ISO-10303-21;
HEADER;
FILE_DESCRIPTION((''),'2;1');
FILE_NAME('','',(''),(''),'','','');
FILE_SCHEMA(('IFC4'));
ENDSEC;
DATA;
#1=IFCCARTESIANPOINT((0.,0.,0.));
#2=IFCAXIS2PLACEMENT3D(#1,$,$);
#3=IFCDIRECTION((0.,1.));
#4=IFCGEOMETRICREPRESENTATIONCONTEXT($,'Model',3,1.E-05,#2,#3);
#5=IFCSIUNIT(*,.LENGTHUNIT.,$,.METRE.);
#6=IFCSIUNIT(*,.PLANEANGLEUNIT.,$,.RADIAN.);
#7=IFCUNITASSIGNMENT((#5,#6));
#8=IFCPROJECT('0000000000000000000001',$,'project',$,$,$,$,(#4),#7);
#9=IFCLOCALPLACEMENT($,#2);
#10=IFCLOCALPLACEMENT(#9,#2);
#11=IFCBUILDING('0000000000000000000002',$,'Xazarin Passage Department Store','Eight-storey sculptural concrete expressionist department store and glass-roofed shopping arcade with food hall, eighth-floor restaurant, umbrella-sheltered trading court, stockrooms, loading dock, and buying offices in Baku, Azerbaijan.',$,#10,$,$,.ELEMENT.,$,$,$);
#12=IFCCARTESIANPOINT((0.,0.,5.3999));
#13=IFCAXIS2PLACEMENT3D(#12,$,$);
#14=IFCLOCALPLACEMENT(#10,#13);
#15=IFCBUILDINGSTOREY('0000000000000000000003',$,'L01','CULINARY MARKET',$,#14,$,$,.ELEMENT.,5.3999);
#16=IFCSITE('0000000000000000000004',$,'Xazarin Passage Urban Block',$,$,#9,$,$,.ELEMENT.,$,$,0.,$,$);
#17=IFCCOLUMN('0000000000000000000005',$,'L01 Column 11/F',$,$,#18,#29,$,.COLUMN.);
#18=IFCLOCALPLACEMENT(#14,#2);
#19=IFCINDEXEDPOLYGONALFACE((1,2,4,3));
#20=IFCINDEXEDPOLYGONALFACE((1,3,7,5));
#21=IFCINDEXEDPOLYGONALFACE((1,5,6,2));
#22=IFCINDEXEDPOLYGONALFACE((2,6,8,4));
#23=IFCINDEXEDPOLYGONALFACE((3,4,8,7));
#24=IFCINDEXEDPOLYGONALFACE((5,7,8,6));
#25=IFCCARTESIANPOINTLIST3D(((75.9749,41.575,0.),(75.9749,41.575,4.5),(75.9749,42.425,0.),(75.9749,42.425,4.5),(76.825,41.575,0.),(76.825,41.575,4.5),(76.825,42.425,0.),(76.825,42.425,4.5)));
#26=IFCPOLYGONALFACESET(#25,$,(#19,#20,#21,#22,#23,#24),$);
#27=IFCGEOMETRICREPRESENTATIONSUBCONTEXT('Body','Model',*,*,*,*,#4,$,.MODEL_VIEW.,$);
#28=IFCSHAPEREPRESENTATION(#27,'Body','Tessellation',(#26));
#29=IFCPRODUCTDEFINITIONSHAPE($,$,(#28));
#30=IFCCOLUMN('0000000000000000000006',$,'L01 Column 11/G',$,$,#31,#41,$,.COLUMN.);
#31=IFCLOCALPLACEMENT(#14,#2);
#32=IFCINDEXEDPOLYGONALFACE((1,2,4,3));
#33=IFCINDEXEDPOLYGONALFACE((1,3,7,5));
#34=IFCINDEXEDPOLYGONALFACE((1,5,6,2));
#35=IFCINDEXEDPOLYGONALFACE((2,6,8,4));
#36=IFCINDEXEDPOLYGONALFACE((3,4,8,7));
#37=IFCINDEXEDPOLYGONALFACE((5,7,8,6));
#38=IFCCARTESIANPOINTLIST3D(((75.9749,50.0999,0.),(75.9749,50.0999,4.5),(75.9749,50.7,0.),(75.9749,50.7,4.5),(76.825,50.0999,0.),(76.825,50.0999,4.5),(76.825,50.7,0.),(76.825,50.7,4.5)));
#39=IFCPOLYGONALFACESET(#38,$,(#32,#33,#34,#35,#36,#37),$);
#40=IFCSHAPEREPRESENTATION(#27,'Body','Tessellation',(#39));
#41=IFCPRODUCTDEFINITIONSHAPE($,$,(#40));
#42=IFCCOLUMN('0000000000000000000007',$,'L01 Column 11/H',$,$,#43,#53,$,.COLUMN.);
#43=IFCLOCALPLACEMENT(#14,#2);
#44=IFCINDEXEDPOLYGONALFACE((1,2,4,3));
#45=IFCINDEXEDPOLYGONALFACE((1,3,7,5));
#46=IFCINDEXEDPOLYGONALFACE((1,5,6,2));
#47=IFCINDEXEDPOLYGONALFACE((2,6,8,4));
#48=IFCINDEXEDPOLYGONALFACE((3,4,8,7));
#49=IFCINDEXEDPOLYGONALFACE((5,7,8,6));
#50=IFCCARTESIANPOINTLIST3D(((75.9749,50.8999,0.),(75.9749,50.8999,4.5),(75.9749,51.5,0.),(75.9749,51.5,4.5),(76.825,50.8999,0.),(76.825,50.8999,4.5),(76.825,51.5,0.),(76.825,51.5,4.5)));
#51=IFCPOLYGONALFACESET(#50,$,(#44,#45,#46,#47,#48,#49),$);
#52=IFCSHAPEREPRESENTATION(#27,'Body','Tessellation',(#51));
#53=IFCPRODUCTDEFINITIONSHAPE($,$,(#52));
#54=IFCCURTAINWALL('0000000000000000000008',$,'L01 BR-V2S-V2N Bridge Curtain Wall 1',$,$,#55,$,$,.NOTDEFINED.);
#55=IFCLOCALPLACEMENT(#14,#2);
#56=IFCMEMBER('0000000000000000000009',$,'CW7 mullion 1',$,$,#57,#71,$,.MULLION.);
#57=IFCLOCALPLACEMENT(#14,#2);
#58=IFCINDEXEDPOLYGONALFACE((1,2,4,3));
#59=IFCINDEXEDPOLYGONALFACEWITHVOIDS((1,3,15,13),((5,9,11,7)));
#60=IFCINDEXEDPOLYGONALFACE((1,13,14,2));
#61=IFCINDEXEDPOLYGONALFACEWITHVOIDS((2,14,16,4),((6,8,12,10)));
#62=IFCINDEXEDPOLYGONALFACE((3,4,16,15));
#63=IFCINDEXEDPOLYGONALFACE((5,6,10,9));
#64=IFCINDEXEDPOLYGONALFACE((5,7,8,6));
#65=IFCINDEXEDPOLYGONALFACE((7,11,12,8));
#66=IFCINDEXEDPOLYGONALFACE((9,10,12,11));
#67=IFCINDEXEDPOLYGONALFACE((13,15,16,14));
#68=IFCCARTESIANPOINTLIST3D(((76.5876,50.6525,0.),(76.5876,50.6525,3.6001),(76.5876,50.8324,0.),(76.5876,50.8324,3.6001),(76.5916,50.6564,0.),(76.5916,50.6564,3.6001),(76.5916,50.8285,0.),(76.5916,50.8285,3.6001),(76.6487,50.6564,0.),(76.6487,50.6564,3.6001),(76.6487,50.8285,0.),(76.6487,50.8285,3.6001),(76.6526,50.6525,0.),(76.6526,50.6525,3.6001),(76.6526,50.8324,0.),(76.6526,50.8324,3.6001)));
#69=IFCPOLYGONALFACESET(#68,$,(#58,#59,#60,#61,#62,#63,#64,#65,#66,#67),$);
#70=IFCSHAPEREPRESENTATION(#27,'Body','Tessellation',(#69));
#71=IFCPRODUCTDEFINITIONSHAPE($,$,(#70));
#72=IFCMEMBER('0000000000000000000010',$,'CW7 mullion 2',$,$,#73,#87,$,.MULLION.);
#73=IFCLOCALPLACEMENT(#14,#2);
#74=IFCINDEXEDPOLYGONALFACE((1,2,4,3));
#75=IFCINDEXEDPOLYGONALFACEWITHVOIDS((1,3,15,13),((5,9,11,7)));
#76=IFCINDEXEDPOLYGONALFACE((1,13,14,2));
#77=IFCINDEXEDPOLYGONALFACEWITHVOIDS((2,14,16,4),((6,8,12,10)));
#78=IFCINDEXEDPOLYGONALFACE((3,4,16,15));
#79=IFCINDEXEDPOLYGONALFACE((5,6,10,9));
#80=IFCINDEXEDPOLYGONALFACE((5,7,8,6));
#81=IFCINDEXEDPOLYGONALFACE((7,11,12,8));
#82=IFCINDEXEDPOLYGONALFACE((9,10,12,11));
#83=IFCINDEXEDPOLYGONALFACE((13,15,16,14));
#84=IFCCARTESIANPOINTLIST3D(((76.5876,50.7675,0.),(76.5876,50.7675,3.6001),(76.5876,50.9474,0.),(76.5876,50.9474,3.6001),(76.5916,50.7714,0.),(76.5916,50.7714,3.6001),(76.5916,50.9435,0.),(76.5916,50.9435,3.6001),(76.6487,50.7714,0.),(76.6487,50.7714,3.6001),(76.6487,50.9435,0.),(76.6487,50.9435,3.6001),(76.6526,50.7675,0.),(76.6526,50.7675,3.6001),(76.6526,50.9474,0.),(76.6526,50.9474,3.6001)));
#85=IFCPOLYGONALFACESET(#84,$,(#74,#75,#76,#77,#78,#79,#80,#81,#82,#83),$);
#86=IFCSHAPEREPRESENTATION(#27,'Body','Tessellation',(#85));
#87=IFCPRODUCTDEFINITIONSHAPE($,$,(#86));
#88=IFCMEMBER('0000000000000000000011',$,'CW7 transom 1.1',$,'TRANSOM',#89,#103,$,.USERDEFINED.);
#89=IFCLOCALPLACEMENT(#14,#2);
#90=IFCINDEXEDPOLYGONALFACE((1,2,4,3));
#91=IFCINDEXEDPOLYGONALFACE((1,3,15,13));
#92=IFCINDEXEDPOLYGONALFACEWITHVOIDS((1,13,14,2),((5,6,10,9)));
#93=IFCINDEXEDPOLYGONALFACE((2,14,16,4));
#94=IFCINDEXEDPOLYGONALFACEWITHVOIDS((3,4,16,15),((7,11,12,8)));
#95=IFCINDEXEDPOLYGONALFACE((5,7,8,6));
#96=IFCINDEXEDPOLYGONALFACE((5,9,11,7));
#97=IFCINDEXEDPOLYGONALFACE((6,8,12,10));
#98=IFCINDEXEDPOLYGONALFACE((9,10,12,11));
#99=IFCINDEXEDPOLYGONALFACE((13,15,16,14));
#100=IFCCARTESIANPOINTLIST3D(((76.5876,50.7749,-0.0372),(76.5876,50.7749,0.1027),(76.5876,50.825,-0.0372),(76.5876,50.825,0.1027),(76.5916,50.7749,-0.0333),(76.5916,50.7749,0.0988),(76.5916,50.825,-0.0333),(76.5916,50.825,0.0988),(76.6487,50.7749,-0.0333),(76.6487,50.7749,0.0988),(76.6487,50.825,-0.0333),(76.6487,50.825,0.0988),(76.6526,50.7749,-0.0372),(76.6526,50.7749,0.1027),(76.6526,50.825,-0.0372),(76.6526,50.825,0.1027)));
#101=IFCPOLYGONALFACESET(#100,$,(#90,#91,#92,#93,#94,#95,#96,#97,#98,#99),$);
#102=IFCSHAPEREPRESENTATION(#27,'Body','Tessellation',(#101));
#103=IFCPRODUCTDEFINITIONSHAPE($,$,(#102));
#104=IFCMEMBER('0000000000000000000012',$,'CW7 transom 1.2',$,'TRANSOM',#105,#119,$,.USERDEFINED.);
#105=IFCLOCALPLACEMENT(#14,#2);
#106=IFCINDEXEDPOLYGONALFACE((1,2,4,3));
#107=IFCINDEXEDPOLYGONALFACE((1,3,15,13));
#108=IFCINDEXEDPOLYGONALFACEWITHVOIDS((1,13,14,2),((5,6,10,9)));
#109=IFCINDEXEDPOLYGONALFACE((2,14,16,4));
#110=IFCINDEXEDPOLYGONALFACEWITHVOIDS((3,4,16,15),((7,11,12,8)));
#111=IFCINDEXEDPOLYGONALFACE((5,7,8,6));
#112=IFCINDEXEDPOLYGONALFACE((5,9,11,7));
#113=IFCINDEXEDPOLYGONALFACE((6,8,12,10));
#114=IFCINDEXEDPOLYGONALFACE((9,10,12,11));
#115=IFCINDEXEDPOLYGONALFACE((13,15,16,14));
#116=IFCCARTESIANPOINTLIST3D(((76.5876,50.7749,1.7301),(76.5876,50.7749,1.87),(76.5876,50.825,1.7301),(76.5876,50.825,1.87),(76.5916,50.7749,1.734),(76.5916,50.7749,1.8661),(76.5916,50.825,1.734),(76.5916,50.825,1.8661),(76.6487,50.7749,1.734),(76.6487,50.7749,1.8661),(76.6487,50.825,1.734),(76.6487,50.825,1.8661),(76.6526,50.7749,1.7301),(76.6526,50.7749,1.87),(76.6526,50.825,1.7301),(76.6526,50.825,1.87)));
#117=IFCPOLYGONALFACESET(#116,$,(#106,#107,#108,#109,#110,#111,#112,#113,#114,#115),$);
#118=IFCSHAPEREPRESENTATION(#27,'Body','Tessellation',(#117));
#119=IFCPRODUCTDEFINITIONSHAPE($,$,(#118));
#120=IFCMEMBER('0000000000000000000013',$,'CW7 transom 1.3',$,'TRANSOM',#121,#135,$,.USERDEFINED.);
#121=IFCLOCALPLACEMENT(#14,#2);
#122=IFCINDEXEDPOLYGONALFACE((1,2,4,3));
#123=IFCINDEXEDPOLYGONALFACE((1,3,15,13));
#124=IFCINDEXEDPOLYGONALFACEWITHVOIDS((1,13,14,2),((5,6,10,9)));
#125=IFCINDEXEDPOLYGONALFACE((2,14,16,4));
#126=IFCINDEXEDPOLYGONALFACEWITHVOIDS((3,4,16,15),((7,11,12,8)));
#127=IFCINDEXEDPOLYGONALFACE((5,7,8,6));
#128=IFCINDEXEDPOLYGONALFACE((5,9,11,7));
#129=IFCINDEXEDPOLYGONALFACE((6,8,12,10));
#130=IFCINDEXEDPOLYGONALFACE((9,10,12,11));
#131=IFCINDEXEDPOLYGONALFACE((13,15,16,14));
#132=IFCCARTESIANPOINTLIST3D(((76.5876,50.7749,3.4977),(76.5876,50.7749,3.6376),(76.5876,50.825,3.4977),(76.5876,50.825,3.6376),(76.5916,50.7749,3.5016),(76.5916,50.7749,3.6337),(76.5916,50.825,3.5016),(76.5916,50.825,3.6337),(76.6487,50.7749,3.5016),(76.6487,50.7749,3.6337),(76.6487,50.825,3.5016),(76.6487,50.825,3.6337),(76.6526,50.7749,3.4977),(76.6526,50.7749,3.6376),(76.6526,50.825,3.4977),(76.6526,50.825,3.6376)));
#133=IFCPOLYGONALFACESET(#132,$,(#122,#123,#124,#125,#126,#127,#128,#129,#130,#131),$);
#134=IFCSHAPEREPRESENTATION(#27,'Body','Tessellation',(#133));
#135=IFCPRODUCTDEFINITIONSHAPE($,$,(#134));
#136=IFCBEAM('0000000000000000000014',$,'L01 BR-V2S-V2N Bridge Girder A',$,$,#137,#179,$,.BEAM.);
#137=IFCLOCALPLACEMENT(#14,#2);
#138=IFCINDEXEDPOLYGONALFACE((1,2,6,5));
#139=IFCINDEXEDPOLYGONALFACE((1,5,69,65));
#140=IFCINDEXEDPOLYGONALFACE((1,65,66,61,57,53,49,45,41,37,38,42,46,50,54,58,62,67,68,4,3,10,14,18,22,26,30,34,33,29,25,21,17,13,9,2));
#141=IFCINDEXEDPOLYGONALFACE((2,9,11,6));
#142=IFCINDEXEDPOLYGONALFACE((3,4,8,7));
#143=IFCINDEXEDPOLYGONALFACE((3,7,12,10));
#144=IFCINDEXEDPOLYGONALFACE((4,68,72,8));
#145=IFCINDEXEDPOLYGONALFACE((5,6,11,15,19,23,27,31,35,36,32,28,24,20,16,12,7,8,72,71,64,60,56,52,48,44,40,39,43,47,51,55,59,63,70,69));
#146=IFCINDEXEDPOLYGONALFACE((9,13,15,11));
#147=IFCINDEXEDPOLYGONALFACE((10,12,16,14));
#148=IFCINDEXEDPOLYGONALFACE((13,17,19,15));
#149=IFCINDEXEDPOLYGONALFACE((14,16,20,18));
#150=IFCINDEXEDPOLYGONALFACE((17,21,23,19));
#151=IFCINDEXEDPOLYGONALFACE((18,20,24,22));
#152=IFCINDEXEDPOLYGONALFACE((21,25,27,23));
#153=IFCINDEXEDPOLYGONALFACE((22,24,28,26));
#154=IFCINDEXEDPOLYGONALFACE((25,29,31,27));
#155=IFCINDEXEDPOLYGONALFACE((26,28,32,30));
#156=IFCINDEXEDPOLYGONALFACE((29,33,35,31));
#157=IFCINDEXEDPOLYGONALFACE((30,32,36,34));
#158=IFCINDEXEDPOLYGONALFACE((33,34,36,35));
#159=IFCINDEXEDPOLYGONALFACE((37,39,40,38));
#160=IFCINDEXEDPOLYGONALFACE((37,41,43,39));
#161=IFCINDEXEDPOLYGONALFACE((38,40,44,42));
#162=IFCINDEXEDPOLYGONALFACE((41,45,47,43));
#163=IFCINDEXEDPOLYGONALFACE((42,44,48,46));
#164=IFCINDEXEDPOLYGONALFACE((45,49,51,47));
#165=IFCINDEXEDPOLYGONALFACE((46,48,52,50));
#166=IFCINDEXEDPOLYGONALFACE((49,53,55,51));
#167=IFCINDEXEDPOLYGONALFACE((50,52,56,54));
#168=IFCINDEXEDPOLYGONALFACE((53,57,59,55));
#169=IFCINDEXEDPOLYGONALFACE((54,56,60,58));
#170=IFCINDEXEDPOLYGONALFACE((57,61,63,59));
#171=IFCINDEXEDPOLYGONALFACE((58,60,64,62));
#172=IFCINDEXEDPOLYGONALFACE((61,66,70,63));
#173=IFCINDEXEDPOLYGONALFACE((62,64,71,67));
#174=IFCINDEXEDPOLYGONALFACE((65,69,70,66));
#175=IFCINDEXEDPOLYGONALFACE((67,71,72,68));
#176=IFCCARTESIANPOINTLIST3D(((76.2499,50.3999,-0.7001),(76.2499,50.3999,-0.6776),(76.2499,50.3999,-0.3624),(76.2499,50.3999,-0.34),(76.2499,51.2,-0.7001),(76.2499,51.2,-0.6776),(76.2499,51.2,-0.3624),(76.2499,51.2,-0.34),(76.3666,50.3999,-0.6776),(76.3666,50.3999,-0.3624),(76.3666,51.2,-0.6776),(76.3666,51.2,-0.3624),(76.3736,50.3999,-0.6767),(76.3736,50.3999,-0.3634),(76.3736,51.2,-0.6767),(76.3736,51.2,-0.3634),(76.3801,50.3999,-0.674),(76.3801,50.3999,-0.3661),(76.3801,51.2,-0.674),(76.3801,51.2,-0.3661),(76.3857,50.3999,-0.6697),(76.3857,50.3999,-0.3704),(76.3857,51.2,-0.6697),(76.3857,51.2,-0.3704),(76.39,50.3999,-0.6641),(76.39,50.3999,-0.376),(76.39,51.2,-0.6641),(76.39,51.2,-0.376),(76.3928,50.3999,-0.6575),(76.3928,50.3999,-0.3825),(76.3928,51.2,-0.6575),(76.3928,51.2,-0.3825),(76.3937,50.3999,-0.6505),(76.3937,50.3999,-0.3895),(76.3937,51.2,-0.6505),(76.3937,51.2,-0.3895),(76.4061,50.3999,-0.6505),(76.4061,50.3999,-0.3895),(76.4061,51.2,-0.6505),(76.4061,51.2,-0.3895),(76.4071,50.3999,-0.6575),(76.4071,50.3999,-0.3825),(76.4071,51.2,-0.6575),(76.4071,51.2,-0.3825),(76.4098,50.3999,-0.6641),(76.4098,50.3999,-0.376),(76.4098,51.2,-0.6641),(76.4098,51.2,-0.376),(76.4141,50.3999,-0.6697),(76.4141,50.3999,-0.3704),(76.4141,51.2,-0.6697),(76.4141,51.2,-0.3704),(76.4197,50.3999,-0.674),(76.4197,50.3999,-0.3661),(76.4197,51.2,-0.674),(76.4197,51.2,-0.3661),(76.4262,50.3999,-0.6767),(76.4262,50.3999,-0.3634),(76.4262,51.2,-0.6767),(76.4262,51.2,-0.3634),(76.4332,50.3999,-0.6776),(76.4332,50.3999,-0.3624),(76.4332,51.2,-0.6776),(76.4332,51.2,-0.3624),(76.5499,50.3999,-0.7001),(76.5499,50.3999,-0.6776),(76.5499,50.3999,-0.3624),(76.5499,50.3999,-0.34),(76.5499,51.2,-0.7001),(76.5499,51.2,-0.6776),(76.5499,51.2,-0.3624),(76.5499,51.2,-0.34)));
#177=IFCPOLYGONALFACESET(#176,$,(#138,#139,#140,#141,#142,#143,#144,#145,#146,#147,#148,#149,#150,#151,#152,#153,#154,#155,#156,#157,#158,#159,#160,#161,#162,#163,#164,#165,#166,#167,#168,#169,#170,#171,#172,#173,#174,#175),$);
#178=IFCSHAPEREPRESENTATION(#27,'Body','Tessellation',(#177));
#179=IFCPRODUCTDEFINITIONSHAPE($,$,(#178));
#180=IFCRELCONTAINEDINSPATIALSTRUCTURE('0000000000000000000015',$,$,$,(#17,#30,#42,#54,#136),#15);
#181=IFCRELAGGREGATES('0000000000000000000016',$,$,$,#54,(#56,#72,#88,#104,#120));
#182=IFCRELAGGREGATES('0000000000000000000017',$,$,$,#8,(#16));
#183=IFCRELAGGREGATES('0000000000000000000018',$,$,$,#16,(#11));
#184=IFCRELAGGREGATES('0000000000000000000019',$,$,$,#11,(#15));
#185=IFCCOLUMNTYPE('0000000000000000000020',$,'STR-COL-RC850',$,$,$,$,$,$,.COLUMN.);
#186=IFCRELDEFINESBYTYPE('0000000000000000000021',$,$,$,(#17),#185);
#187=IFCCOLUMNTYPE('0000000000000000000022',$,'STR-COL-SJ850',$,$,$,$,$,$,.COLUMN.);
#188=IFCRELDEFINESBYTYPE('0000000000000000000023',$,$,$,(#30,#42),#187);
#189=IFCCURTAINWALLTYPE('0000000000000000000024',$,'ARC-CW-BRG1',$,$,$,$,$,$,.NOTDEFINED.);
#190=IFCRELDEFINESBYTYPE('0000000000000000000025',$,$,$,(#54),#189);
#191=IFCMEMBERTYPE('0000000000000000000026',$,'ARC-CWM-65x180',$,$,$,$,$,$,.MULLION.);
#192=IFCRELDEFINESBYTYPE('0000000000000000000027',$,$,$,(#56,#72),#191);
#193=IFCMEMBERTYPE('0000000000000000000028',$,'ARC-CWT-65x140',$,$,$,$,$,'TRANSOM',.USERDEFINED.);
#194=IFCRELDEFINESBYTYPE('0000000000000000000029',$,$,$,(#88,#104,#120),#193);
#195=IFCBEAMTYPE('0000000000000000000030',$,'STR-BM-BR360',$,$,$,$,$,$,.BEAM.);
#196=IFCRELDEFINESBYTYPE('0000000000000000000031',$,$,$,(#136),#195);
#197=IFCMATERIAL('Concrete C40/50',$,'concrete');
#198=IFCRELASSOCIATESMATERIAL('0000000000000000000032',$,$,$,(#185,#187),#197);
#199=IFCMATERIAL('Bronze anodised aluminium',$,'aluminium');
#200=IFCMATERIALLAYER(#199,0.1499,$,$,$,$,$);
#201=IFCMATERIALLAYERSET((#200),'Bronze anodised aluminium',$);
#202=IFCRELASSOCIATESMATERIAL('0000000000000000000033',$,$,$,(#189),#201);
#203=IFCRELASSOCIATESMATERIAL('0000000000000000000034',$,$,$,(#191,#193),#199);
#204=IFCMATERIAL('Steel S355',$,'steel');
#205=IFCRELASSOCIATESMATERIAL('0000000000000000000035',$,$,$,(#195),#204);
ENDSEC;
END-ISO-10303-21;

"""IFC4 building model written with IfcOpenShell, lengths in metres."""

from ifc_helpers import new_model, si_unit, direction, frame, origin, origin_2d, place, context, subcontext, project, spatial, rectangle, hollow_rectangle, i_section, extrude, material, layer, layer_set, material_profile, profile_set, type_object, element, aggregate, save


model = new_model("IFC4")

# Units and contexts
model_context = context("Model", 3, precision=1e-05, world=origin(), true_north=direction((0.0, 1.0)))
body_context = subcontext(model_context, "Body", "Model", "MODEL_VIEW")
ifc_project = project(units=[si_unit("LENGTHUNIT", "METRE"), si_unit("PLANEANGLEUNIT", "RADIAN")], contexts=[model_context])

# Site, building, storey
site_placement = place(None, origin())
site = spatial("IfcSite", under=ifc_project, at=site_placement, Name="Xazarin Passage Urban Block", CompositionType="ELEMENT", RefElevation=0.0)
building_placement = place(site_placement, origin())
building = spatial("IfcBuilding", under=site, at=building_placement, Name="Xazarin Passage Department Store", Description="Eight-storey sculptural concrete expressionist department store and glass-roofed shopping arcade with food hall, eighth-floor restaurant, umbrella-sheltered trading court, stockrooms, loading dock, and buying offices in Baku, Azerbaijan.", CompositionType="ELEMENT")
storey_placement = place(building_placement, frame((0.0, 0.0, 5.3999)))
storey = spatial("IfcBuildingStorey", under=building, at=storey_placement, Name="L01", Description="CULINARY MARKET", CompositionType="ELEMENT", Elevation=5.3999)

# Columns
ifc_material_1 = material(Name="Concrete C40/50", Category="concrete")
ifc_material_profile_1 = material_profile(ifc_material_1, rectangle(XDim=0.8501, YDim=0.8501, at=origin_2d()), Name="RC 850x850")
ifc_profile_set_1 = profile_set([ifc_material_profile_1], Name="Concrete C40/50")
column_type_1 = type_object("IfcColumnType", Name="STR-COL-RC850", PredefinedType="COLUMN", material=ifc_profile_set_1)
column_placement = place(storey_placement, frame((76.3999, 42.0, 0.0), z_axis=(0.0, 0.0, 1.0), x_axis=(1.0, 0.0, 0.0)))
element("IfcColumn", 1, at=column_placement, inside=storey, type_object=column_type_1, Name="L01 Column 11/F", PredefinedType="COLUMN", context=body_context, shape_type="SweptSolid", body=[
    extrude(rectangle(XDim=0.8501, YDim=0.8501, at=origin_2d()), origin(), (0.0, 0.0, 1.0), 4.5),
])
ifc_material_profile_2 = material_profile(ifc_material_1, rectangle(XDim=0.6001, YDim=0.8501, at=origin_2d()), Name="RC 600x850")
ifc_profile_set_2 = profile_set([ifc_material_profile_2], Name="Concrete C40/50")
column_type_2 = type_object("IfcColumnType", Name="STR-COL-SJ850", PredefinedType="COLUMN", material=ifc_profile_set_2)
for number, where, z_axis, x_axis, name in (
    (2, (76.3999, 50.3999, 0.0), (0.0, 0.0, 1.0), (0.0, 1.0, 0.0), "L01 Column 11/G"),
    (3, (76.3999, 51.2, 0.0), (0.0, 0.0, 1.0), (0.0, 1.0, 0.0), "L01 Column 11/H"),
):
    element("IfcColumn", number, at=place(storey_placement, frame(where, z_axis=z_axis, x_axis=x_axis)), inside=storey, type_object=column_type_2, Name=name, PredefinedType="COLUMN", context=body_context, shape_type="SweptSolid", body=[
        extrude(rectangle(XDim=0.6001, YDim=0.8501, at=origin_2d()), origin(), (0.0, 0.0, 1.0), 4.5),
    ])

# Curtain wall, members
ifc_material_2 = material(Name="Bronze anodised aluminium", Category="aluminium")
ifc_layer_1 = layer(ifc_material_2, 0.1499)
ifc_layer_set_1 = layer_set([ifc_layer_1], Name="Bronze anodised aluminium")
curtain_wall_type = type_object("IfcCurtainWallType", Name="ARC-CW-BRG1", PredefinedType="NOTDEFINED", material=ifc_layer_set_1)
curtain_wall_placement = place(storey_placement, origin())
curtain_wall = element("IfcCurtainWall", 4, at=curtain_wall_placement, inside=storey, type_object=curtain_wall_type, Name="L01 BR-V2S-V2N Bridge Curtain Wall 1", PredefinedType="NOTDEFINED")
ifc_material_profile_3 = material_profile(ifc_material_2, hollow_rectangle(XDim=0.0649, YDim=0.1799, WallThickness=0.0039, at=origin_2d()), Name="ALU 65x180")
ifc_profile_set_3 = profile_set([ifc_material_profile_3], Name="Bronze anodised aluminium")
member_type_1 = type_object("IfcMemberType", Name="ARC-CWM-65x180", PredefinedType="MULLION", material=ifc_profile_set_3)
member_1_placement = place(storey_placement, frame((76.6201, 50.7424, 0.0), z_axis=(0.0, 0.0, 1.0), x_axis=(-1.0, 0.0, 0.0)))
member_1 = element("IfcMember", 5, at=member_1_placement, type_object=member_type_1, Name="CW7 mullion 1", PredefinedType="MULLION", context=body_context, shape_type="SweptSolid", body=[
    extrude(hollow_rectangle(XDim=0.0649, YDim=0.1799, WallThickness=0.0039, at=origin_2d()), origin(), (0.0, 0.0, 1.0), 3.6001),
])
member_2_placement = place(storey_placement, frame((76.6201, 50.8574, 0.0), z_axis=(0.0, 0.0, 1.0), x_axis=(-1.0, 0.0, 0.0)))
member_2 = element("IfcMember", 6, at=member_2_placement, type_object=member_type_1, Name="CW7 mullion 2", PredefinedType="MULLION", context=body_context, shape_type="SweptSolid", body=[
    extrude(hollow_rectangle(XDim=0.0649, YDim=0.1799, WallThickness=0.0039, at=origin_2d()), origin(), (0.0, 0.0, 1.0), 3.6001),
])
ifc_material_profile_4 = material_profile(ifc_material_2, hollow_rectangle(XDim=0.0649, YDim=0.1399, WallThickness=0.0039, at=origin_2d()), Name="ALU 65x140")
ifc_profile_set_4 = profile_set([ifc_material_profile_4], Name="Bronze anodised aluminium")
member_type_2 = type_object("IfcMemberType", Name="ARC-CWT-65x140", ElementType="TRANSOM", PredefinedType="USERDEFINED", material=ifc_profile_set_4)
member_3_placement = place(storey_placement, frame((76.6201, 50.7749, 0.0327), z_axis=(0.0, 1.0, 0.0), x_axis=(-1.0, 0.0, 0.0)))
member_3 = element("IfcMember", 7, at=member_3_placement, type_object=member_type_2, Name="CW7 transom 1.1", ObjectType="TRANSOM", PredefinedType="USERDEFINED", context=body_context, shape_type="SweptSolid", body=[
    extrude(hollow_rectangle(XDim=0.0649, YDim=0.1399, WallThickness=0.0039, at=origin_2d()), origin(), (0.0, 0.0, 1.0), 0.05),
])
member_4_placement = place(storey_placement, frame((76.6201, 50.7749, 1.8), z_axis=(0.0, 1.0, 0.0), x_axis=(-1.0, 0.0, 0.0)))
member_4 = element("IfcMember", 8, at=member_4_placement, type_object=member_type_2, Name="CW7 transom 1.2", ObjectType="TRANSOM", PredefinedType="USERDEFINED", context=body_context, shape_type="SweptSolid", body=[
    extrude(hollow_rectangle(XDim=0.0649, YDim=0.1399, WallThickness=0.0039, at=origin_2d()), origin(), (0.0, 0.0, 1.0), 0.05),
])
member_5_placement = place(storey_placement, frame((76.6201, 50.7749, 3.5676), z_axis=(0.0, 1.0, 0.0), x_axis=(-1.0, 0.0, 0.0)))
member_5 = element("IfcMember", 9, at=member_5_placement, type_object=member_type_2, Name="CW7 transom 1.3", ObjectType="TRANSOM", PredefinedType="USERDEFINED", context=body_context, shape_type="SweptSolid", body=[
    extrude(hollow_rectangle(XDim=0.0649, YDim=0.1399, WallThickness=0.0039, at=origin_2d()), origin(), (0.0, 0.0, 1.0), 0.05),
])

# Beam
ifc_material_3 = material(Name="Steel S355", Category="steel")
ifc_material_profile_5 = material_profile(ifc_material_3, i_section(OverallWidth=0.3, OverallDepth=0.3601, WebThickness=0.0125, FlangeThickness=0.0225, FilletRadius=0.0271, at=origin_2d()), Name="HEB 360")
ifc_profile_set_5 = profile_set([ifc_material_profile_5], Name="Steel S355")
beam_type_1 = type_object("IfcBeamType", Name="STR-BM-BR360", PredefinedType="BEAM", material=ifc_profile_set_5)
beam_1_placement = place(storey_placement, frame((76.3999, 50.3999, -0.52), z_axis=(0.0, 1.0, 0.0), x_axis=(-1.0, 0.0, 0.0)))
element("IfcBeam", 10, at=beam_1_placement, inside=storey, type_object=beam_type_1, Name="L01 BR-V2S-V2N Bridge Girder A", PredefinedType="BEAM", context=body_context, shape_type="SweptSolid", body=[
    extrude(i_section(OverallWidth=0.3, OverallDepth=0.3601, WebThickness=0.0125, FlangeThickness=0.0225, FilletRadius=0.0271, at=origin_2d()), origin(), (0.0, 0.0, 1.0), 0.8),
])

aggregate(curtain_wall, [member_1, member_2, member_3, member_4, member_5])

save(model, "model.ifc")
